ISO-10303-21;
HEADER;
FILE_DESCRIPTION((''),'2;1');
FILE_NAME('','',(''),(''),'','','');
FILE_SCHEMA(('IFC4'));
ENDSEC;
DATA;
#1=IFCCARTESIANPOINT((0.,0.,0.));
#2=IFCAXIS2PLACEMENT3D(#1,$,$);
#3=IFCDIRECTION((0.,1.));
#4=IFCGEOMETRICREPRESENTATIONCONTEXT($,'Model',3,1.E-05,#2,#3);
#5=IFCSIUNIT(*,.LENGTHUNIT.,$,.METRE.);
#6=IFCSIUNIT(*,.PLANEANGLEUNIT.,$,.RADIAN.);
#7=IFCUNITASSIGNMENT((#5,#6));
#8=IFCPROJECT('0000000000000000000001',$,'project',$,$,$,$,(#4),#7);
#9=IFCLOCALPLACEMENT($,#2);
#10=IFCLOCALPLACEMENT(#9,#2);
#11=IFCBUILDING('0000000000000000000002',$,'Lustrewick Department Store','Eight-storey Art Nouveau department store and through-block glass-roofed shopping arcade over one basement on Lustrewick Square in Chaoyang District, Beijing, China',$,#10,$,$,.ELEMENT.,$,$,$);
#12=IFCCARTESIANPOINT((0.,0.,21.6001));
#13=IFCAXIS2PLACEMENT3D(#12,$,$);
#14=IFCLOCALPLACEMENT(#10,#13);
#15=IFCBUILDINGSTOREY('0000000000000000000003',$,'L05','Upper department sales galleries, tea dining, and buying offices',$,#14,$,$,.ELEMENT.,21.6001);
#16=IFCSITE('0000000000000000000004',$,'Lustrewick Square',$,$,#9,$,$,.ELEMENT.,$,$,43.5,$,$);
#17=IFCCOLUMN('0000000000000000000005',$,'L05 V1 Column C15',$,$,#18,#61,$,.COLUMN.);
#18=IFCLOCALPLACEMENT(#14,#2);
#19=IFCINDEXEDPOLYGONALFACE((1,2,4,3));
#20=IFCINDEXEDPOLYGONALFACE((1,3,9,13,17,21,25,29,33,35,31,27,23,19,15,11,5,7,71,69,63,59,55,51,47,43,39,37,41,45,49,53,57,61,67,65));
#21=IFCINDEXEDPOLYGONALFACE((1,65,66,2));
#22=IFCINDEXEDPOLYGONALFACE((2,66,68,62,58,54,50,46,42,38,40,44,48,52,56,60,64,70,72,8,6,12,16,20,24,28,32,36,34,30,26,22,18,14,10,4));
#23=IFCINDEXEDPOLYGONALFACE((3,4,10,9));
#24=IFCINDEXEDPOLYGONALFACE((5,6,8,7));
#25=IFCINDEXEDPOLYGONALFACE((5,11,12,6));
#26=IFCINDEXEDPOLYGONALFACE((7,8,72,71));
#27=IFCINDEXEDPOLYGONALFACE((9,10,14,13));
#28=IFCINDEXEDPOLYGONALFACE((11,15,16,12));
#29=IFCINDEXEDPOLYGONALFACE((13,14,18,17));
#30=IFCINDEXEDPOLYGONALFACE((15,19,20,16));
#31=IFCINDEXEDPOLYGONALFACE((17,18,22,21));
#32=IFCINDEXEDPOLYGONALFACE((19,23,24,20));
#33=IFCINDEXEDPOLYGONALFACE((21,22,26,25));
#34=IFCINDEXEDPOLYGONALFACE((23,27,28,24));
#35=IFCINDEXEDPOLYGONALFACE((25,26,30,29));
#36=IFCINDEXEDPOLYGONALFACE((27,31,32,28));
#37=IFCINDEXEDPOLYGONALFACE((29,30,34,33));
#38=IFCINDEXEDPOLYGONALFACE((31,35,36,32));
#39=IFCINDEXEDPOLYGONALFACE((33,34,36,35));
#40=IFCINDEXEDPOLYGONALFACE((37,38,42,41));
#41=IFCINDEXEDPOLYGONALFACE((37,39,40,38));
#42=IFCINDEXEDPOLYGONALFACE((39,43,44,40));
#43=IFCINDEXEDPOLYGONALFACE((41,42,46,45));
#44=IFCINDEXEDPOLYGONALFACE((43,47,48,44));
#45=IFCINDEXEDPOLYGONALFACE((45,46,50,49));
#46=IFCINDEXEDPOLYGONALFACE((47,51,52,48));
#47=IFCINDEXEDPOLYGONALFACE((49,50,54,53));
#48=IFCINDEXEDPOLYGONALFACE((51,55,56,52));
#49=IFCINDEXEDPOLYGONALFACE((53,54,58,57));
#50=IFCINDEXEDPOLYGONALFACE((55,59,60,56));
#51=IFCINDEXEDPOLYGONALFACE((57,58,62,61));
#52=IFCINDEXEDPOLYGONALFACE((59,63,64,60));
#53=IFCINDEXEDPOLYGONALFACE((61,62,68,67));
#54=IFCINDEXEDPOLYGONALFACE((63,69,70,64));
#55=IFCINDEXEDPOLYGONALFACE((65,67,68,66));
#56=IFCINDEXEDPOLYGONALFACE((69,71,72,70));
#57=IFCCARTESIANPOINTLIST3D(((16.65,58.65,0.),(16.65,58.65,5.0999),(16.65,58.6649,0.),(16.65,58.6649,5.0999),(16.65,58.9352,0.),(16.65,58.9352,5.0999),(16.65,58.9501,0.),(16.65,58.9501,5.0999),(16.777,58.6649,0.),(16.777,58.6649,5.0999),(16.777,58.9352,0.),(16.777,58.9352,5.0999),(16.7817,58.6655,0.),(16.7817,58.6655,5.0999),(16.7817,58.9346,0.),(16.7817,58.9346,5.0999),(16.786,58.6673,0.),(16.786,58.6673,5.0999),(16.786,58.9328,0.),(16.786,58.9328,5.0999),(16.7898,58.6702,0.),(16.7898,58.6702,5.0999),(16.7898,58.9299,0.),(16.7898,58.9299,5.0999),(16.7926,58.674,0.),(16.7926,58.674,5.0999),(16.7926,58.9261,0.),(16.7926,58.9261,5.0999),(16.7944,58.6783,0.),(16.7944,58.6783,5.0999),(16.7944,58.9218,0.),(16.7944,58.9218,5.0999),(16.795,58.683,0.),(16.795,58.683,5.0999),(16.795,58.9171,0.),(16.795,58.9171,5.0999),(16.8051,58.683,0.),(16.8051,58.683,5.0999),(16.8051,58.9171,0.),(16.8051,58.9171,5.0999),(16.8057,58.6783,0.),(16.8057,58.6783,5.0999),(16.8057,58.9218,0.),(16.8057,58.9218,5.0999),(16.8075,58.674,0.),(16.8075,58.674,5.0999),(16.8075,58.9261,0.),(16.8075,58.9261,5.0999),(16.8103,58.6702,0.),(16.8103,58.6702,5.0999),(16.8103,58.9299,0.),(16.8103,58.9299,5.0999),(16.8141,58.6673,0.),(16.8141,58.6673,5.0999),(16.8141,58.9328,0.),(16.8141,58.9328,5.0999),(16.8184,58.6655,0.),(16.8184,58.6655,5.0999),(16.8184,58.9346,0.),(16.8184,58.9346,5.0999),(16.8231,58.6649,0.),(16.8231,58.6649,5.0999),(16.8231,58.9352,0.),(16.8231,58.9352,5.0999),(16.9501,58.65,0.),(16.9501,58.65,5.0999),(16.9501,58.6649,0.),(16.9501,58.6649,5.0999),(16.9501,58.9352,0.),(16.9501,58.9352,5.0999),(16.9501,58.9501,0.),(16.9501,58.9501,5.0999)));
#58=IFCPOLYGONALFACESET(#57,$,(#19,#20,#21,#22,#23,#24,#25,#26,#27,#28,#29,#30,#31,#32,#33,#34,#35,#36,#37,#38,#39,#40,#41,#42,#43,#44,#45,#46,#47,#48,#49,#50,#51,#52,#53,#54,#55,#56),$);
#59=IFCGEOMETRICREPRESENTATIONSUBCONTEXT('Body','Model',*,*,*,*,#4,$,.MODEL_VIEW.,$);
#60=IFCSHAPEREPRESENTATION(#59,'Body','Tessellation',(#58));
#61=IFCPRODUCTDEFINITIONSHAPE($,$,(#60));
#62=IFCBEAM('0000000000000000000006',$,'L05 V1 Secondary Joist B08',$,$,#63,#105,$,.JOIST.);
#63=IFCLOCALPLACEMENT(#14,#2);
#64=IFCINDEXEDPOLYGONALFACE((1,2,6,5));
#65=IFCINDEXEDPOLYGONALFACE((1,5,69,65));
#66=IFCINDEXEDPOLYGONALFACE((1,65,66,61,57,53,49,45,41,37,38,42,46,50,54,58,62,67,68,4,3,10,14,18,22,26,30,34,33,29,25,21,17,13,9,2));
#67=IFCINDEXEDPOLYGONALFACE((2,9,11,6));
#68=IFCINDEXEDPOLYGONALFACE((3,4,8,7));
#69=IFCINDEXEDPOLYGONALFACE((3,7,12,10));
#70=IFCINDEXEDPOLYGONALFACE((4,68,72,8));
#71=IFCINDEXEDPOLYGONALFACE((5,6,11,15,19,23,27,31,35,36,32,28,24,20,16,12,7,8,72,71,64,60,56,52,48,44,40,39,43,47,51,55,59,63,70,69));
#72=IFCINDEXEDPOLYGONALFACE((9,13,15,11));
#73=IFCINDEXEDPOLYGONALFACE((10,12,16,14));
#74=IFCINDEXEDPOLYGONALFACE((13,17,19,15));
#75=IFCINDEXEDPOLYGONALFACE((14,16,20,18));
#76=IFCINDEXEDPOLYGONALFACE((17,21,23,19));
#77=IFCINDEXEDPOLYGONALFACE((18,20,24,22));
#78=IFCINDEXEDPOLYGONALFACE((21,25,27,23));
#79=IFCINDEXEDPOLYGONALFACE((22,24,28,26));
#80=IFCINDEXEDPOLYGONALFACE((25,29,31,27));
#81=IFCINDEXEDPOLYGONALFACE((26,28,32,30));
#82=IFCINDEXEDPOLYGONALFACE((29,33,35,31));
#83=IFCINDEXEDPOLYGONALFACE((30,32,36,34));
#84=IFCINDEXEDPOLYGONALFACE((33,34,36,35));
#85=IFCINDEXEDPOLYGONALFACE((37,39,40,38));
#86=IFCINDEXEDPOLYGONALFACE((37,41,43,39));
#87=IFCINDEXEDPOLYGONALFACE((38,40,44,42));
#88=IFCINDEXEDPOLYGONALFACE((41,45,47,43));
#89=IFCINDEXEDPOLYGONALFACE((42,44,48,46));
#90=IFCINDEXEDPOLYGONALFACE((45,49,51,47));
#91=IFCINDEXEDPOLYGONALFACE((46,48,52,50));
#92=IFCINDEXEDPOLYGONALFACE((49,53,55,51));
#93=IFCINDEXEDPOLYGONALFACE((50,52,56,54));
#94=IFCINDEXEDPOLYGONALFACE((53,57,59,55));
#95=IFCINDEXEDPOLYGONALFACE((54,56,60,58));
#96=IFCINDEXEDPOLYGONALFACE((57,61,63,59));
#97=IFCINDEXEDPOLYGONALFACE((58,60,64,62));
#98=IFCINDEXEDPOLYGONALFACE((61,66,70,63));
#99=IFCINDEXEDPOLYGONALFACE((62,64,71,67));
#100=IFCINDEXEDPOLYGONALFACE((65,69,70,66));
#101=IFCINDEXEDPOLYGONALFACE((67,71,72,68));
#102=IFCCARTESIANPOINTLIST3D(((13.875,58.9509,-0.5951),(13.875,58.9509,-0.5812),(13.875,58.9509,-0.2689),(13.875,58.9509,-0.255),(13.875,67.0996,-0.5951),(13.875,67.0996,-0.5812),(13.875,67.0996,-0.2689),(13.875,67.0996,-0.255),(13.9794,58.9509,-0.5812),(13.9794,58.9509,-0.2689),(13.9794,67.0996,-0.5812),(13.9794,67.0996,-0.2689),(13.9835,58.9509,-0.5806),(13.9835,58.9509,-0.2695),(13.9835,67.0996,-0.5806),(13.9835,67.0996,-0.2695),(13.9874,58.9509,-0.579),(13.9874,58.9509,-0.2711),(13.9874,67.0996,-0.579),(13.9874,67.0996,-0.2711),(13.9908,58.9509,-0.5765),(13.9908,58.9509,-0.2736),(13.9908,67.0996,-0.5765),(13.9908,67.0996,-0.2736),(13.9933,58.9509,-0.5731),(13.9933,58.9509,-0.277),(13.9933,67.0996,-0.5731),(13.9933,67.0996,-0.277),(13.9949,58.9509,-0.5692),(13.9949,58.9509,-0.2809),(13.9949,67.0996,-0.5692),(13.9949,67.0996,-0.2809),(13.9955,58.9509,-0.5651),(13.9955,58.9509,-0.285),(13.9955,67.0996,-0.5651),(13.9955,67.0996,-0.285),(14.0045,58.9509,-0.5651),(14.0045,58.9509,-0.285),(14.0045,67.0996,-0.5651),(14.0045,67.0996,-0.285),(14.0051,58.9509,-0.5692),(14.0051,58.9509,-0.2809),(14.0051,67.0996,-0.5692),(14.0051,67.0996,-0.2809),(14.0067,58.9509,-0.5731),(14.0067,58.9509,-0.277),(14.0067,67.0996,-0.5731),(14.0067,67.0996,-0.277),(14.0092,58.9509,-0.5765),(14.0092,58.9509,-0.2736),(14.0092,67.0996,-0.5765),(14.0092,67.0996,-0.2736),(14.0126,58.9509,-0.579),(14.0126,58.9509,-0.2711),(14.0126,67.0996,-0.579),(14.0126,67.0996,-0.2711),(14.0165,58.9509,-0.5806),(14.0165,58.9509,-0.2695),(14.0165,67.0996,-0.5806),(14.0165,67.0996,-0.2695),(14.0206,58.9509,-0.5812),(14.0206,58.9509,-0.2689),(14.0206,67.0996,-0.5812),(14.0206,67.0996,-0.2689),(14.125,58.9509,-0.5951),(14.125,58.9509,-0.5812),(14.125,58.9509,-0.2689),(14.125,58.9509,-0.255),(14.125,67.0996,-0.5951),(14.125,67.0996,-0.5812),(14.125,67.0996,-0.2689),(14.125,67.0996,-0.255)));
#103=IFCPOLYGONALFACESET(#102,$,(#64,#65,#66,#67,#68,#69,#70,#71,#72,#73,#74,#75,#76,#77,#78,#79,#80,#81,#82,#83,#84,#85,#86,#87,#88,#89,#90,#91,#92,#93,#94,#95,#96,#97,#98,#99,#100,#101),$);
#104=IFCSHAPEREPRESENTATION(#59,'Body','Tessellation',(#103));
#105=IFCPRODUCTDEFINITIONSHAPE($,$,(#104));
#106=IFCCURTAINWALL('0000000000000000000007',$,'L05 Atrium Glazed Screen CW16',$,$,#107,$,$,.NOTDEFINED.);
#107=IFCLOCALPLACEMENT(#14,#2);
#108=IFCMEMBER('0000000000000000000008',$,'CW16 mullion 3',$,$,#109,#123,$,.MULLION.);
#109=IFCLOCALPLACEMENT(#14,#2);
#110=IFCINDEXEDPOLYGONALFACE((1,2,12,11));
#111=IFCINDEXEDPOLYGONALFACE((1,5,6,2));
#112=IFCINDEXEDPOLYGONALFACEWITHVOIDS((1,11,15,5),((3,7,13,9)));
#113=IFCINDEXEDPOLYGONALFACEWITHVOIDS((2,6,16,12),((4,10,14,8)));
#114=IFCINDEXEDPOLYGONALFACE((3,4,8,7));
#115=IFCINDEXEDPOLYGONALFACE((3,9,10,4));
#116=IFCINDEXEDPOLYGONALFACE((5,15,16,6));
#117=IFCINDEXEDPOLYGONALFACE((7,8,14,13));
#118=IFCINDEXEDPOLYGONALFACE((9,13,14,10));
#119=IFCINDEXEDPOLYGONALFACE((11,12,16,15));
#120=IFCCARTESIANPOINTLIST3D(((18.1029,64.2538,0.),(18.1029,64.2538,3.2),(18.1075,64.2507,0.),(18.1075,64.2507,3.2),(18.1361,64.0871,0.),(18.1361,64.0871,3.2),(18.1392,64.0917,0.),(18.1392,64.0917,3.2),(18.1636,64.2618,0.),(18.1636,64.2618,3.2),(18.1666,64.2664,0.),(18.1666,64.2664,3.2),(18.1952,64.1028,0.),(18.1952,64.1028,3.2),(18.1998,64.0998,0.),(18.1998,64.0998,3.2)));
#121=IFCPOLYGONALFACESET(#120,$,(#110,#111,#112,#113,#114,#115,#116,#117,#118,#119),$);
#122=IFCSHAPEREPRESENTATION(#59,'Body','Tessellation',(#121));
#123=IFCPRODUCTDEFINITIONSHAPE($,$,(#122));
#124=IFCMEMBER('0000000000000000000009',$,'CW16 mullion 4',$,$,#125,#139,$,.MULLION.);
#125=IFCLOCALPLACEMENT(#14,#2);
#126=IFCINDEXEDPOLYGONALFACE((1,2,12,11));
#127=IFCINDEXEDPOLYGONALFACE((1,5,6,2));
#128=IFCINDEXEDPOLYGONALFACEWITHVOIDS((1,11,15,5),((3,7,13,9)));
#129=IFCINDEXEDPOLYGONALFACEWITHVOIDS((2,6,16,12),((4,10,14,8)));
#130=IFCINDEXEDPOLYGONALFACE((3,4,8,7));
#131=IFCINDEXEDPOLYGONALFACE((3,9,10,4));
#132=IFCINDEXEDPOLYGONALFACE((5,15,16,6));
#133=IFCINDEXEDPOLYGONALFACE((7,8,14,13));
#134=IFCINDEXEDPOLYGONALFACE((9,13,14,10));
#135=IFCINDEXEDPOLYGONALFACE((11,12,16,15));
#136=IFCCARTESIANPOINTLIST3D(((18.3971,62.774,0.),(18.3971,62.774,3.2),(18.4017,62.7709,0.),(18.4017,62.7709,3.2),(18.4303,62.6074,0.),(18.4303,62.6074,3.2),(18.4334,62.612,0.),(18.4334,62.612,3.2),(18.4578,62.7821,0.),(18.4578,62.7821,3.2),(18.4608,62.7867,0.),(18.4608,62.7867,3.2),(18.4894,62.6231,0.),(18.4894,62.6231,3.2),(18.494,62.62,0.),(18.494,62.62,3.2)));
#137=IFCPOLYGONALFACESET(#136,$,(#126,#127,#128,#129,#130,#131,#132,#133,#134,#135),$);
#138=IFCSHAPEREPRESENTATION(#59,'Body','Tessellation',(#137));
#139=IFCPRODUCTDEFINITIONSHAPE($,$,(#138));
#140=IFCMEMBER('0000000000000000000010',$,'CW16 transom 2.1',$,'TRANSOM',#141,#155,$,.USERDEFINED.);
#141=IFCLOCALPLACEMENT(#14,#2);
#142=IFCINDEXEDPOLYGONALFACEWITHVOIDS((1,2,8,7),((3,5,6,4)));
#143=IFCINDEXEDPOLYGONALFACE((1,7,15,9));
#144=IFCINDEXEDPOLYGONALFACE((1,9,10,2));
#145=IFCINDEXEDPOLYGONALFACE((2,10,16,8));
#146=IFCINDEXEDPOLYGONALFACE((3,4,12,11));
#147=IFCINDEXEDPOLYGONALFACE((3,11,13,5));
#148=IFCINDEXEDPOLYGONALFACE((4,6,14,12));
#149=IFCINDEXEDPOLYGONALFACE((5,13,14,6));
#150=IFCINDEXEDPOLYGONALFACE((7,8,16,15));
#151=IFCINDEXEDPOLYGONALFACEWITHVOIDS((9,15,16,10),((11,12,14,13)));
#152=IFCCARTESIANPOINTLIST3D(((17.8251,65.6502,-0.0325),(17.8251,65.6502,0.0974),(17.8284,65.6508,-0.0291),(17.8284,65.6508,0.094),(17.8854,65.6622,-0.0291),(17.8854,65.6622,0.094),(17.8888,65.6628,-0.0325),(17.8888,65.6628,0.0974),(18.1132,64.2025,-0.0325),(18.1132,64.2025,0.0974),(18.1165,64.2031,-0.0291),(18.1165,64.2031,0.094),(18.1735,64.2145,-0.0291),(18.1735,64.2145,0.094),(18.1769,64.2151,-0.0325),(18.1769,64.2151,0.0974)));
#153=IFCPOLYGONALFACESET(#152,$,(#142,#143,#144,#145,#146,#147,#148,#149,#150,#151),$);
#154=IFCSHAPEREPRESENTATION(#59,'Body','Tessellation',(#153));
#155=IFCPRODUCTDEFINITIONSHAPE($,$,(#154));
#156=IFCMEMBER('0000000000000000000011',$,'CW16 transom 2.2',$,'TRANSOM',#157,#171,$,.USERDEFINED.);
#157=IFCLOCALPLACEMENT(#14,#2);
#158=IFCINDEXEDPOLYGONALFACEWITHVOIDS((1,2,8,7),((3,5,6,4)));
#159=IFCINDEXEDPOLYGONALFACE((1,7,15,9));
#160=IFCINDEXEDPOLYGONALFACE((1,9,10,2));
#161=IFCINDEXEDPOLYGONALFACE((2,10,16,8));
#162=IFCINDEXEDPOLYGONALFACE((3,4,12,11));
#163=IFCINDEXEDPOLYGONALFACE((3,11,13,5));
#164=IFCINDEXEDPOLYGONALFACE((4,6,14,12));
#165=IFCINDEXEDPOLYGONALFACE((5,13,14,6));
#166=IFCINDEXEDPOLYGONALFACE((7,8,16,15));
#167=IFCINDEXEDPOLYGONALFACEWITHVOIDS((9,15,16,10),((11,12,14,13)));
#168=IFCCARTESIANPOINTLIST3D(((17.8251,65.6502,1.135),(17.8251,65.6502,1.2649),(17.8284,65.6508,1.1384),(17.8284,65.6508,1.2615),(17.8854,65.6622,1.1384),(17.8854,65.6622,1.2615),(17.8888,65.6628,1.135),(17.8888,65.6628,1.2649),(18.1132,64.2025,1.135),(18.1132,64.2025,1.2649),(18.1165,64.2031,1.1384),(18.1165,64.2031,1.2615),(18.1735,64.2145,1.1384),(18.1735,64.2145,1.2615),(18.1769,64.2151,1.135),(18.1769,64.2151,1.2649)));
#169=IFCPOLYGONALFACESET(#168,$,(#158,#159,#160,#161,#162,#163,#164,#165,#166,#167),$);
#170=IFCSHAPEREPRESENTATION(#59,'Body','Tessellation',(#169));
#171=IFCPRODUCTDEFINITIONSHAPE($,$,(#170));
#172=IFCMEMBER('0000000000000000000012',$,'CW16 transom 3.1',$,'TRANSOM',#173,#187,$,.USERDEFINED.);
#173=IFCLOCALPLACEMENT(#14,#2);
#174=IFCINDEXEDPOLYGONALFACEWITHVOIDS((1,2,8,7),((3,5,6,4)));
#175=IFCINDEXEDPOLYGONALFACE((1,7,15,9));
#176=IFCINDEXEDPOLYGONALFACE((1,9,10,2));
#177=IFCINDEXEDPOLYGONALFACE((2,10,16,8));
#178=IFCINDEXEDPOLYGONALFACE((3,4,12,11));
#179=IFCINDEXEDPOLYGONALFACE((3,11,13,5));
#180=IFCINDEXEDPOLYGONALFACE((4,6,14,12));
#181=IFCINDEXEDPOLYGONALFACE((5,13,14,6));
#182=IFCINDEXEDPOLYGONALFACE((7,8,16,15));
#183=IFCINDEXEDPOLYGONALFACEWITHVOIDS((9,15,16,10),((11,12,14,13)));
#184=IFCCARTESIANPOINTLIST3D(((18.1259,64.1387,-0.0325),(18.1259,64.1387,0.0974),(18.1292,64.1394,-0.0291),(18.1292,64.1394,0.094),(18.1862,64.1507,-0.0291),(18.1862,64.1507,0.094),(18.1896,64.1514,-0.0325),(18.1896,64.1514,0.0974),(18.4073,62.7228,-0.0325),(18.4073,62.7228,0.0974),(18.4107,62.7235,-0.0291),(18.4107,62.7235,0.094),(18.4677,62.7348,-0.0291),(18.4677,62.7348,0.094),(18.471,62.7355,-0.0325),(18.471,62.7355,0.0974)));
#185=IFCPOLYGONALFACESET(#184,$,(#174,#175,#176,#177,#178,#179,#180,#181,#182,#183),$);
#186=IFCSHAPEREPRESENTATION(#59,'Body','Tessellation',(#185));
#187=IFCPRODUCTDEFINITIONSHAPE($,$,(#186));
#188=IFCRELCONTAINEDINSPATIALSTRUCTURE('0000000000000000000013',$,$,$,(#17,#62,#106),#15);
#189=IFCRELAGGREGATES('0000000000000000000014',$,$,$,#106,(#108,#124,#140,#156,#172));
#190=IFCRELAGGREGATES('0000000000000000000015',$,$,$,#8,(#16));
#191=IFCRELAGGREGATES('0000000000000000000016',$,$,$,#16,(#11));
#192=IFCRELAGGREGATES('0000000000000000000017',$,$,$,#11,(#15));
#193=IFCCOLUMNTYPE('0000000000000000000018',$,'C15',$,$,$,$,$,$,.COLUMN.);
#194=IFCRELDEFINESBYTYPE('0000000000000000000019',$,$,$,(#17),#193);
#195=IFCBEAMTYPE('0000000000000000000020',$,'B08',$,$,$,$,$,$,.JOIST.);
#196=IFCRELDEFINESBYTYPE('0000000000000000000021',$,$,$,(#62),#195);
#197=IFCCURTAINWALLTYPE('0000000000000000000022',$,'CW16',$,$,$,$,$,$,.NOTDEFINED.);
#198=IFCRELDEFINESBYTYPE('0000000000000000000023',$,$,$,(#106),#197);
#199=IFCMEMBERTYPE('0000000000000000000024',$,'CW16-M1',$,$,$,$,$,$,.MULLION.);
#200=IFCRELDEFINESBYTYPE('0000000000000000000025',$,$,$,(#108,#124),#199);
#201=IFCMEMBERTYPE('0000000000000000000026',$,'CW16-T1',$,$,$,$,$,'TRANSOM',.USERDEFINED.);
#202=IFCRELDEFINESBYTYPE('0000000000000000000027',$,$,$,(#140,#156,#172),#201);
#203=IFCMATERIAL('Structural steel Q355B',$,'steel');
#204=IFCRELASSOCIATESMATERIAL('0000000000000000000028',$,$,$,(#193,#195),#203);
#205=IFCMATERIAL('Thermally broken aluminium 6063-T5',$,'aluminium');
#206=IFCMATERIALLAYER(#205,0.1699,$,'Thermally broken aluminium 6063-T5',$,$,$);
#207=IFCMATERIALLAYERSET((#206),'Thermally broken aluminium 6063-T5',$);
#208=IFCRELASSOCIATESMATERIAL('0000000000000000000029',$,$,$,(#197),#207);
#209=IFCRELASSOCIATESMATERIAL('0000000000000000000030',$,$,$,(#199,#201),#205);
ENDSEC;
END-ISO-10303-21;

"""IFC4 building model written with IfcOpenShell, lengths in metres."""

from ifc_helpers import new_model, si_unit, direction, frame, origin, origin_2d, place, context, subcontext, project, spatial, hollow_rectangle, i_section, extrude, material, layer, layer_set, material_profile, profile_set, type_object, element, aggregate, save


model = new_model("IFC4")

# Units and contexts
model_context = context("Model", 3, precision=1e-05, world=origin(), true_north=direction((0.0, 1.0)))
body_context = subcontext(model_context, "Body", "Model", "MODEL_VIEW")
ifc_project = project(units=[si_unit("LENGTHUNIT", "METRE"), si_unit("PLANEANGLEUNIT", "RADIAN")], contexts=[model_context])

# Site, building, storey
site_placement = place(None, origin())
site = spatial("IfcSite", under=ifc_project, at=site_placement, Name="Lustrewick Square", CompositionType="ELEMENT", RefElevation=43.5)
building_placement = place(site_placement, origin())
building = spatial("IfcBuilding", under=site, at=building_placement, Name="Lustrewick Department Store", Description="Eight-storey Art Nouveau department store and through-block glass-roofed shopping arcade over one basement on Lustrewick Square in Chaoyang District, Beijing, China", CompositionType="ELEMENT")
storey_placement = place(building_placement, frame((0.0, 0.0, 21.6001)))
storey = spatial("IfcBuildingStorey", under=building, at=storey_placement, Name="L05", Description="Upper department sales galleries, tea dining, and buying offices", CompositionType="ELEMENT", Elevation=21.6001)

# Column
ifc_material_1 = material(Name="Structural steel Q355B", Category="steel")
ifc_material_profile_1 = material_profile(ifc_material_1, i_section(OverallWidth=0.3, OverallDepth=0.3, WebThickness=0.01, FlangeThickness=0.0149, FilletRadius=0.0181, at=origin_2d()), Name="HW 300x300x10x15")
ifc_profile_set_1 = profile_set([ifc_material_profile_1], Name="Structural steel Q355B")
column_type = type_object("IfcColumnType", Name="C15", PredefinedType="COLUMN", material=ifc_profile_set_1)
column_placement = place(storey_placement, frame((16.8, 58.8, 0.0), z_axis=(0.0, 0.0, 1.0), x_axis=(1.0, 0.0, 0.0)))
element("IfcColumn", 1, at=column_placement, inside=storey, type_object=column_type, Name="L05 V1 Column C15", PredefinedType="COLUMN", context=body_context, shape_type="SweptSolid", body=[
    extrude(i_section(OverallWidth=0.3, OverallDepth=0.3, WebThickness=0.01, FlangeThickness=0.0149, FilletRadius=0.0181, at=origin_2d()), origin(), (0.0, 0.0, 1.0), 5.0999),
])

# Beam
ifc_material_profile_2 = material_profile(ifc_material_1, i_section(OverallWidth=0.25, OverallDepth=0.3401, WebThickness=0.009, FlangeThickness=0.0139, FilletRadius=0.0161, at=origin_2d()), Name="HM 340x250x9x14")
ifc_profile_set_2 = profile_set([ifc_material_profile_2], Name="Structural steel Q355B")
beam_type_1 = type_object("IfcBeamType", Name="B08", PredefinedType="JOIST", material=ifc_profile_set_2)
beam_1_placement = place(storey_placement, frame((14.0, 58.9509, -0.425), z_axis=(0.0, 1.0, 0.0), x_axis=(-1.0, 0.0, 0.0)))
element("IfcBeam", 2, at=beam_1_placement, inside=storey, type_object=beam_type_1, Name="L05 V1 Secondary Joist B08", PredefinedType="JOIST", context=body_context, shape_type="SweptSolid", body=[
    extrude(i_section(OverallWidth=0.25, OverallDepth=0.3401, WebThickness=0.009, FlangeThickness=0.0139, FilletRadius=0.0161, at=origin_2d()), origin(), (0.0, 0.0, 1.0), 8.1487),
])

# Curtain wall, members
ifc_material_2 = material(Name="Thermally broken aluminium 6063-T5", Category="aluminium")
ifc_layer_1 = layer(ifc_material_2, 0.1699, Name="Thermally broken aluminium 6063-T5")
ifc_layer_set_1 = layer_set([ifc_layer_1], Name="Thermally broken aluminium 6063-T5")
curtain_wall_type_1 = type_object("IfcCurtainWallType", Name="CW16", PredefinedType="NOTDEFINED", material=ifc_layer_set_1)
curtain_wall_1_placement = place(storey_placement, origin())
curtain_wall_1 = element("IfcCurtainWall", 3, at=curtain_wall_1_placement, inside=storey, type_object=curtain_wall_type_1, Name="L05 Atrium Glazed Screen CW16", PredefinedType="NOTDEFINED")
ifc_material_profile_3 = material_profile(ifc_material_2, hollow_rectangle(XDim=0.0649, YDim=0.1699, WallThickness=0.0039, at=origin_2d()), Name="ALU-M 65x170x4")
ifc_profile_set_3 = profile_set([ifc_material_profile_3], Name="Thermally broken aluminium 6063-T5")
member_type_1 = type_object("IfcMemberType", Name="CW16-M1", PredefinedType="MULLION", material=ifc_profile_set_3)
member_1_placement = place(storey_placement, frame((18.1514, 64.1768, 0.0), z_axis=(0.0, 0.0, 1.0), x_axis=(0.980786, 0.195085, 0.0)))
member_1 = element("IfcMember", 4, at=member_1_placement, type_object=member_type_1, Name="CW16 mullion 3", PredefinedType="MULLION", context=body_context, shape_type="SweptSolid", body=[
    extrude(hollow_rectangle(XDim=0.0649, YDim=0.1699, WallThickness=0.0039, at=origin_2d()), origin(), (0.0, 0.0, 1.0), 3.2),
])
member_2_placement = place(storey_placement, frame((18.4456, 62.697, 0.0), z_axis=(0.0, 0.0, 1.0), x_axis=(0.980786, 0.195085, 0.0)))
member_2 = element("IfcMember", 5, at=member_2_placement, type_object=member_type_1, Name="CW16 mullion 4", PredefinedType="MULLION", context=body_context, shape_type="SweptSolid", body=[
    extrude(hollow_rectangle(XDim=0.0649, YDim=0.1699, WallThickness=0.0039, at=origin_2d()), origin(), (0.0, 0.0, 1.0), 3.2),
])
ifc_material_profile_4 = material_profile(ifc_material_2, hollow_rectangle(XDim=0.0649, YDim=0.1299, WallThickness=0.0034, at=origin_2d()), Name="ALU-T 65x130x3.5")
ifc_profile_set_4 = profile_set([ifc_material_profile_4], Name="Thermally broken aluminium 6063-T5")
member_type_2 = type_object("IfcMemberType", Name="CW16-T1", ElementType="TRANSOM", PredefinedType="USERDEFINED", material=ifc_profile_set_4)
member_3_placement = place(storey_placement, frame((17.8569, 65.6565, 0.0325), z_axis=(0.195162, -0.980771, 0.0), x_axis=(0.980771, 0.195162, 0.0)))
member_3 = element("IfcMember", 6, at=member_3_placement, type_object=member_type_2, Name="CW16 transom 2.1", ObjectType="TRANSOM", PredefinedType="USERDEFINED", context=body_context, shape_type="SweptSolid", body=[
    extrude(hollow_rectangle(XDim=0.0649, YDim=0.1299, WallThickness=0.0034, at=origin_2d()), origin(), (0.0, 0.0, 1.0), 1.4761),
])
member_4_placement = place(storey_placement, frame((17.8569, 65.6565, 1.2), z_axis=(0.195162, -0.980771, 0.0), x_axis=(0.980771, 0.195162, 0.0)))
member_4 = element("IfcMember", 7, at=member_4_placement, type_object=member_type_2, Name="CW16 transom 2.2", ObjectType="TRANSOM", PredefinedType="USERDEFINED", context=body_context, shape_type="SweptSolid", body=[
    extrude(hollow_rectangle(XDim=0.0649, YDim=0.1299, WallThickness=0.0034, at=origin_2d()), origin(), (0.0, 0.0, 1.0), 1.4761),
])
member_5_placement = place(storey_placement, frame((18.1577, 64.145, 0.0325), z_axis=(0.194978, -0.980808, 0.0), x_axis=(0.980808, 0.194978, 0.0)))
member_5 = element("IfcMember", 8, at=member_5_placement, type_object=member_type_2, Name="CW16 transom 3.1", ObjectType="TRANSOM", PredefinedType="USERDEFINED", context=body_context, shape_type="SweptSolid", body=[
    extrude(hollow_rectangle(XDim=0.0649, YDim=0.1299, WallThickness=0.0034, at=origin_2d()), origin(), (0.0, 0.0, 1.0), 1.4436),
])

aggregate(curtain_wall_1, [member_1, member_2, member_3, member_4, member_5])

save(model, "model.ifc")
